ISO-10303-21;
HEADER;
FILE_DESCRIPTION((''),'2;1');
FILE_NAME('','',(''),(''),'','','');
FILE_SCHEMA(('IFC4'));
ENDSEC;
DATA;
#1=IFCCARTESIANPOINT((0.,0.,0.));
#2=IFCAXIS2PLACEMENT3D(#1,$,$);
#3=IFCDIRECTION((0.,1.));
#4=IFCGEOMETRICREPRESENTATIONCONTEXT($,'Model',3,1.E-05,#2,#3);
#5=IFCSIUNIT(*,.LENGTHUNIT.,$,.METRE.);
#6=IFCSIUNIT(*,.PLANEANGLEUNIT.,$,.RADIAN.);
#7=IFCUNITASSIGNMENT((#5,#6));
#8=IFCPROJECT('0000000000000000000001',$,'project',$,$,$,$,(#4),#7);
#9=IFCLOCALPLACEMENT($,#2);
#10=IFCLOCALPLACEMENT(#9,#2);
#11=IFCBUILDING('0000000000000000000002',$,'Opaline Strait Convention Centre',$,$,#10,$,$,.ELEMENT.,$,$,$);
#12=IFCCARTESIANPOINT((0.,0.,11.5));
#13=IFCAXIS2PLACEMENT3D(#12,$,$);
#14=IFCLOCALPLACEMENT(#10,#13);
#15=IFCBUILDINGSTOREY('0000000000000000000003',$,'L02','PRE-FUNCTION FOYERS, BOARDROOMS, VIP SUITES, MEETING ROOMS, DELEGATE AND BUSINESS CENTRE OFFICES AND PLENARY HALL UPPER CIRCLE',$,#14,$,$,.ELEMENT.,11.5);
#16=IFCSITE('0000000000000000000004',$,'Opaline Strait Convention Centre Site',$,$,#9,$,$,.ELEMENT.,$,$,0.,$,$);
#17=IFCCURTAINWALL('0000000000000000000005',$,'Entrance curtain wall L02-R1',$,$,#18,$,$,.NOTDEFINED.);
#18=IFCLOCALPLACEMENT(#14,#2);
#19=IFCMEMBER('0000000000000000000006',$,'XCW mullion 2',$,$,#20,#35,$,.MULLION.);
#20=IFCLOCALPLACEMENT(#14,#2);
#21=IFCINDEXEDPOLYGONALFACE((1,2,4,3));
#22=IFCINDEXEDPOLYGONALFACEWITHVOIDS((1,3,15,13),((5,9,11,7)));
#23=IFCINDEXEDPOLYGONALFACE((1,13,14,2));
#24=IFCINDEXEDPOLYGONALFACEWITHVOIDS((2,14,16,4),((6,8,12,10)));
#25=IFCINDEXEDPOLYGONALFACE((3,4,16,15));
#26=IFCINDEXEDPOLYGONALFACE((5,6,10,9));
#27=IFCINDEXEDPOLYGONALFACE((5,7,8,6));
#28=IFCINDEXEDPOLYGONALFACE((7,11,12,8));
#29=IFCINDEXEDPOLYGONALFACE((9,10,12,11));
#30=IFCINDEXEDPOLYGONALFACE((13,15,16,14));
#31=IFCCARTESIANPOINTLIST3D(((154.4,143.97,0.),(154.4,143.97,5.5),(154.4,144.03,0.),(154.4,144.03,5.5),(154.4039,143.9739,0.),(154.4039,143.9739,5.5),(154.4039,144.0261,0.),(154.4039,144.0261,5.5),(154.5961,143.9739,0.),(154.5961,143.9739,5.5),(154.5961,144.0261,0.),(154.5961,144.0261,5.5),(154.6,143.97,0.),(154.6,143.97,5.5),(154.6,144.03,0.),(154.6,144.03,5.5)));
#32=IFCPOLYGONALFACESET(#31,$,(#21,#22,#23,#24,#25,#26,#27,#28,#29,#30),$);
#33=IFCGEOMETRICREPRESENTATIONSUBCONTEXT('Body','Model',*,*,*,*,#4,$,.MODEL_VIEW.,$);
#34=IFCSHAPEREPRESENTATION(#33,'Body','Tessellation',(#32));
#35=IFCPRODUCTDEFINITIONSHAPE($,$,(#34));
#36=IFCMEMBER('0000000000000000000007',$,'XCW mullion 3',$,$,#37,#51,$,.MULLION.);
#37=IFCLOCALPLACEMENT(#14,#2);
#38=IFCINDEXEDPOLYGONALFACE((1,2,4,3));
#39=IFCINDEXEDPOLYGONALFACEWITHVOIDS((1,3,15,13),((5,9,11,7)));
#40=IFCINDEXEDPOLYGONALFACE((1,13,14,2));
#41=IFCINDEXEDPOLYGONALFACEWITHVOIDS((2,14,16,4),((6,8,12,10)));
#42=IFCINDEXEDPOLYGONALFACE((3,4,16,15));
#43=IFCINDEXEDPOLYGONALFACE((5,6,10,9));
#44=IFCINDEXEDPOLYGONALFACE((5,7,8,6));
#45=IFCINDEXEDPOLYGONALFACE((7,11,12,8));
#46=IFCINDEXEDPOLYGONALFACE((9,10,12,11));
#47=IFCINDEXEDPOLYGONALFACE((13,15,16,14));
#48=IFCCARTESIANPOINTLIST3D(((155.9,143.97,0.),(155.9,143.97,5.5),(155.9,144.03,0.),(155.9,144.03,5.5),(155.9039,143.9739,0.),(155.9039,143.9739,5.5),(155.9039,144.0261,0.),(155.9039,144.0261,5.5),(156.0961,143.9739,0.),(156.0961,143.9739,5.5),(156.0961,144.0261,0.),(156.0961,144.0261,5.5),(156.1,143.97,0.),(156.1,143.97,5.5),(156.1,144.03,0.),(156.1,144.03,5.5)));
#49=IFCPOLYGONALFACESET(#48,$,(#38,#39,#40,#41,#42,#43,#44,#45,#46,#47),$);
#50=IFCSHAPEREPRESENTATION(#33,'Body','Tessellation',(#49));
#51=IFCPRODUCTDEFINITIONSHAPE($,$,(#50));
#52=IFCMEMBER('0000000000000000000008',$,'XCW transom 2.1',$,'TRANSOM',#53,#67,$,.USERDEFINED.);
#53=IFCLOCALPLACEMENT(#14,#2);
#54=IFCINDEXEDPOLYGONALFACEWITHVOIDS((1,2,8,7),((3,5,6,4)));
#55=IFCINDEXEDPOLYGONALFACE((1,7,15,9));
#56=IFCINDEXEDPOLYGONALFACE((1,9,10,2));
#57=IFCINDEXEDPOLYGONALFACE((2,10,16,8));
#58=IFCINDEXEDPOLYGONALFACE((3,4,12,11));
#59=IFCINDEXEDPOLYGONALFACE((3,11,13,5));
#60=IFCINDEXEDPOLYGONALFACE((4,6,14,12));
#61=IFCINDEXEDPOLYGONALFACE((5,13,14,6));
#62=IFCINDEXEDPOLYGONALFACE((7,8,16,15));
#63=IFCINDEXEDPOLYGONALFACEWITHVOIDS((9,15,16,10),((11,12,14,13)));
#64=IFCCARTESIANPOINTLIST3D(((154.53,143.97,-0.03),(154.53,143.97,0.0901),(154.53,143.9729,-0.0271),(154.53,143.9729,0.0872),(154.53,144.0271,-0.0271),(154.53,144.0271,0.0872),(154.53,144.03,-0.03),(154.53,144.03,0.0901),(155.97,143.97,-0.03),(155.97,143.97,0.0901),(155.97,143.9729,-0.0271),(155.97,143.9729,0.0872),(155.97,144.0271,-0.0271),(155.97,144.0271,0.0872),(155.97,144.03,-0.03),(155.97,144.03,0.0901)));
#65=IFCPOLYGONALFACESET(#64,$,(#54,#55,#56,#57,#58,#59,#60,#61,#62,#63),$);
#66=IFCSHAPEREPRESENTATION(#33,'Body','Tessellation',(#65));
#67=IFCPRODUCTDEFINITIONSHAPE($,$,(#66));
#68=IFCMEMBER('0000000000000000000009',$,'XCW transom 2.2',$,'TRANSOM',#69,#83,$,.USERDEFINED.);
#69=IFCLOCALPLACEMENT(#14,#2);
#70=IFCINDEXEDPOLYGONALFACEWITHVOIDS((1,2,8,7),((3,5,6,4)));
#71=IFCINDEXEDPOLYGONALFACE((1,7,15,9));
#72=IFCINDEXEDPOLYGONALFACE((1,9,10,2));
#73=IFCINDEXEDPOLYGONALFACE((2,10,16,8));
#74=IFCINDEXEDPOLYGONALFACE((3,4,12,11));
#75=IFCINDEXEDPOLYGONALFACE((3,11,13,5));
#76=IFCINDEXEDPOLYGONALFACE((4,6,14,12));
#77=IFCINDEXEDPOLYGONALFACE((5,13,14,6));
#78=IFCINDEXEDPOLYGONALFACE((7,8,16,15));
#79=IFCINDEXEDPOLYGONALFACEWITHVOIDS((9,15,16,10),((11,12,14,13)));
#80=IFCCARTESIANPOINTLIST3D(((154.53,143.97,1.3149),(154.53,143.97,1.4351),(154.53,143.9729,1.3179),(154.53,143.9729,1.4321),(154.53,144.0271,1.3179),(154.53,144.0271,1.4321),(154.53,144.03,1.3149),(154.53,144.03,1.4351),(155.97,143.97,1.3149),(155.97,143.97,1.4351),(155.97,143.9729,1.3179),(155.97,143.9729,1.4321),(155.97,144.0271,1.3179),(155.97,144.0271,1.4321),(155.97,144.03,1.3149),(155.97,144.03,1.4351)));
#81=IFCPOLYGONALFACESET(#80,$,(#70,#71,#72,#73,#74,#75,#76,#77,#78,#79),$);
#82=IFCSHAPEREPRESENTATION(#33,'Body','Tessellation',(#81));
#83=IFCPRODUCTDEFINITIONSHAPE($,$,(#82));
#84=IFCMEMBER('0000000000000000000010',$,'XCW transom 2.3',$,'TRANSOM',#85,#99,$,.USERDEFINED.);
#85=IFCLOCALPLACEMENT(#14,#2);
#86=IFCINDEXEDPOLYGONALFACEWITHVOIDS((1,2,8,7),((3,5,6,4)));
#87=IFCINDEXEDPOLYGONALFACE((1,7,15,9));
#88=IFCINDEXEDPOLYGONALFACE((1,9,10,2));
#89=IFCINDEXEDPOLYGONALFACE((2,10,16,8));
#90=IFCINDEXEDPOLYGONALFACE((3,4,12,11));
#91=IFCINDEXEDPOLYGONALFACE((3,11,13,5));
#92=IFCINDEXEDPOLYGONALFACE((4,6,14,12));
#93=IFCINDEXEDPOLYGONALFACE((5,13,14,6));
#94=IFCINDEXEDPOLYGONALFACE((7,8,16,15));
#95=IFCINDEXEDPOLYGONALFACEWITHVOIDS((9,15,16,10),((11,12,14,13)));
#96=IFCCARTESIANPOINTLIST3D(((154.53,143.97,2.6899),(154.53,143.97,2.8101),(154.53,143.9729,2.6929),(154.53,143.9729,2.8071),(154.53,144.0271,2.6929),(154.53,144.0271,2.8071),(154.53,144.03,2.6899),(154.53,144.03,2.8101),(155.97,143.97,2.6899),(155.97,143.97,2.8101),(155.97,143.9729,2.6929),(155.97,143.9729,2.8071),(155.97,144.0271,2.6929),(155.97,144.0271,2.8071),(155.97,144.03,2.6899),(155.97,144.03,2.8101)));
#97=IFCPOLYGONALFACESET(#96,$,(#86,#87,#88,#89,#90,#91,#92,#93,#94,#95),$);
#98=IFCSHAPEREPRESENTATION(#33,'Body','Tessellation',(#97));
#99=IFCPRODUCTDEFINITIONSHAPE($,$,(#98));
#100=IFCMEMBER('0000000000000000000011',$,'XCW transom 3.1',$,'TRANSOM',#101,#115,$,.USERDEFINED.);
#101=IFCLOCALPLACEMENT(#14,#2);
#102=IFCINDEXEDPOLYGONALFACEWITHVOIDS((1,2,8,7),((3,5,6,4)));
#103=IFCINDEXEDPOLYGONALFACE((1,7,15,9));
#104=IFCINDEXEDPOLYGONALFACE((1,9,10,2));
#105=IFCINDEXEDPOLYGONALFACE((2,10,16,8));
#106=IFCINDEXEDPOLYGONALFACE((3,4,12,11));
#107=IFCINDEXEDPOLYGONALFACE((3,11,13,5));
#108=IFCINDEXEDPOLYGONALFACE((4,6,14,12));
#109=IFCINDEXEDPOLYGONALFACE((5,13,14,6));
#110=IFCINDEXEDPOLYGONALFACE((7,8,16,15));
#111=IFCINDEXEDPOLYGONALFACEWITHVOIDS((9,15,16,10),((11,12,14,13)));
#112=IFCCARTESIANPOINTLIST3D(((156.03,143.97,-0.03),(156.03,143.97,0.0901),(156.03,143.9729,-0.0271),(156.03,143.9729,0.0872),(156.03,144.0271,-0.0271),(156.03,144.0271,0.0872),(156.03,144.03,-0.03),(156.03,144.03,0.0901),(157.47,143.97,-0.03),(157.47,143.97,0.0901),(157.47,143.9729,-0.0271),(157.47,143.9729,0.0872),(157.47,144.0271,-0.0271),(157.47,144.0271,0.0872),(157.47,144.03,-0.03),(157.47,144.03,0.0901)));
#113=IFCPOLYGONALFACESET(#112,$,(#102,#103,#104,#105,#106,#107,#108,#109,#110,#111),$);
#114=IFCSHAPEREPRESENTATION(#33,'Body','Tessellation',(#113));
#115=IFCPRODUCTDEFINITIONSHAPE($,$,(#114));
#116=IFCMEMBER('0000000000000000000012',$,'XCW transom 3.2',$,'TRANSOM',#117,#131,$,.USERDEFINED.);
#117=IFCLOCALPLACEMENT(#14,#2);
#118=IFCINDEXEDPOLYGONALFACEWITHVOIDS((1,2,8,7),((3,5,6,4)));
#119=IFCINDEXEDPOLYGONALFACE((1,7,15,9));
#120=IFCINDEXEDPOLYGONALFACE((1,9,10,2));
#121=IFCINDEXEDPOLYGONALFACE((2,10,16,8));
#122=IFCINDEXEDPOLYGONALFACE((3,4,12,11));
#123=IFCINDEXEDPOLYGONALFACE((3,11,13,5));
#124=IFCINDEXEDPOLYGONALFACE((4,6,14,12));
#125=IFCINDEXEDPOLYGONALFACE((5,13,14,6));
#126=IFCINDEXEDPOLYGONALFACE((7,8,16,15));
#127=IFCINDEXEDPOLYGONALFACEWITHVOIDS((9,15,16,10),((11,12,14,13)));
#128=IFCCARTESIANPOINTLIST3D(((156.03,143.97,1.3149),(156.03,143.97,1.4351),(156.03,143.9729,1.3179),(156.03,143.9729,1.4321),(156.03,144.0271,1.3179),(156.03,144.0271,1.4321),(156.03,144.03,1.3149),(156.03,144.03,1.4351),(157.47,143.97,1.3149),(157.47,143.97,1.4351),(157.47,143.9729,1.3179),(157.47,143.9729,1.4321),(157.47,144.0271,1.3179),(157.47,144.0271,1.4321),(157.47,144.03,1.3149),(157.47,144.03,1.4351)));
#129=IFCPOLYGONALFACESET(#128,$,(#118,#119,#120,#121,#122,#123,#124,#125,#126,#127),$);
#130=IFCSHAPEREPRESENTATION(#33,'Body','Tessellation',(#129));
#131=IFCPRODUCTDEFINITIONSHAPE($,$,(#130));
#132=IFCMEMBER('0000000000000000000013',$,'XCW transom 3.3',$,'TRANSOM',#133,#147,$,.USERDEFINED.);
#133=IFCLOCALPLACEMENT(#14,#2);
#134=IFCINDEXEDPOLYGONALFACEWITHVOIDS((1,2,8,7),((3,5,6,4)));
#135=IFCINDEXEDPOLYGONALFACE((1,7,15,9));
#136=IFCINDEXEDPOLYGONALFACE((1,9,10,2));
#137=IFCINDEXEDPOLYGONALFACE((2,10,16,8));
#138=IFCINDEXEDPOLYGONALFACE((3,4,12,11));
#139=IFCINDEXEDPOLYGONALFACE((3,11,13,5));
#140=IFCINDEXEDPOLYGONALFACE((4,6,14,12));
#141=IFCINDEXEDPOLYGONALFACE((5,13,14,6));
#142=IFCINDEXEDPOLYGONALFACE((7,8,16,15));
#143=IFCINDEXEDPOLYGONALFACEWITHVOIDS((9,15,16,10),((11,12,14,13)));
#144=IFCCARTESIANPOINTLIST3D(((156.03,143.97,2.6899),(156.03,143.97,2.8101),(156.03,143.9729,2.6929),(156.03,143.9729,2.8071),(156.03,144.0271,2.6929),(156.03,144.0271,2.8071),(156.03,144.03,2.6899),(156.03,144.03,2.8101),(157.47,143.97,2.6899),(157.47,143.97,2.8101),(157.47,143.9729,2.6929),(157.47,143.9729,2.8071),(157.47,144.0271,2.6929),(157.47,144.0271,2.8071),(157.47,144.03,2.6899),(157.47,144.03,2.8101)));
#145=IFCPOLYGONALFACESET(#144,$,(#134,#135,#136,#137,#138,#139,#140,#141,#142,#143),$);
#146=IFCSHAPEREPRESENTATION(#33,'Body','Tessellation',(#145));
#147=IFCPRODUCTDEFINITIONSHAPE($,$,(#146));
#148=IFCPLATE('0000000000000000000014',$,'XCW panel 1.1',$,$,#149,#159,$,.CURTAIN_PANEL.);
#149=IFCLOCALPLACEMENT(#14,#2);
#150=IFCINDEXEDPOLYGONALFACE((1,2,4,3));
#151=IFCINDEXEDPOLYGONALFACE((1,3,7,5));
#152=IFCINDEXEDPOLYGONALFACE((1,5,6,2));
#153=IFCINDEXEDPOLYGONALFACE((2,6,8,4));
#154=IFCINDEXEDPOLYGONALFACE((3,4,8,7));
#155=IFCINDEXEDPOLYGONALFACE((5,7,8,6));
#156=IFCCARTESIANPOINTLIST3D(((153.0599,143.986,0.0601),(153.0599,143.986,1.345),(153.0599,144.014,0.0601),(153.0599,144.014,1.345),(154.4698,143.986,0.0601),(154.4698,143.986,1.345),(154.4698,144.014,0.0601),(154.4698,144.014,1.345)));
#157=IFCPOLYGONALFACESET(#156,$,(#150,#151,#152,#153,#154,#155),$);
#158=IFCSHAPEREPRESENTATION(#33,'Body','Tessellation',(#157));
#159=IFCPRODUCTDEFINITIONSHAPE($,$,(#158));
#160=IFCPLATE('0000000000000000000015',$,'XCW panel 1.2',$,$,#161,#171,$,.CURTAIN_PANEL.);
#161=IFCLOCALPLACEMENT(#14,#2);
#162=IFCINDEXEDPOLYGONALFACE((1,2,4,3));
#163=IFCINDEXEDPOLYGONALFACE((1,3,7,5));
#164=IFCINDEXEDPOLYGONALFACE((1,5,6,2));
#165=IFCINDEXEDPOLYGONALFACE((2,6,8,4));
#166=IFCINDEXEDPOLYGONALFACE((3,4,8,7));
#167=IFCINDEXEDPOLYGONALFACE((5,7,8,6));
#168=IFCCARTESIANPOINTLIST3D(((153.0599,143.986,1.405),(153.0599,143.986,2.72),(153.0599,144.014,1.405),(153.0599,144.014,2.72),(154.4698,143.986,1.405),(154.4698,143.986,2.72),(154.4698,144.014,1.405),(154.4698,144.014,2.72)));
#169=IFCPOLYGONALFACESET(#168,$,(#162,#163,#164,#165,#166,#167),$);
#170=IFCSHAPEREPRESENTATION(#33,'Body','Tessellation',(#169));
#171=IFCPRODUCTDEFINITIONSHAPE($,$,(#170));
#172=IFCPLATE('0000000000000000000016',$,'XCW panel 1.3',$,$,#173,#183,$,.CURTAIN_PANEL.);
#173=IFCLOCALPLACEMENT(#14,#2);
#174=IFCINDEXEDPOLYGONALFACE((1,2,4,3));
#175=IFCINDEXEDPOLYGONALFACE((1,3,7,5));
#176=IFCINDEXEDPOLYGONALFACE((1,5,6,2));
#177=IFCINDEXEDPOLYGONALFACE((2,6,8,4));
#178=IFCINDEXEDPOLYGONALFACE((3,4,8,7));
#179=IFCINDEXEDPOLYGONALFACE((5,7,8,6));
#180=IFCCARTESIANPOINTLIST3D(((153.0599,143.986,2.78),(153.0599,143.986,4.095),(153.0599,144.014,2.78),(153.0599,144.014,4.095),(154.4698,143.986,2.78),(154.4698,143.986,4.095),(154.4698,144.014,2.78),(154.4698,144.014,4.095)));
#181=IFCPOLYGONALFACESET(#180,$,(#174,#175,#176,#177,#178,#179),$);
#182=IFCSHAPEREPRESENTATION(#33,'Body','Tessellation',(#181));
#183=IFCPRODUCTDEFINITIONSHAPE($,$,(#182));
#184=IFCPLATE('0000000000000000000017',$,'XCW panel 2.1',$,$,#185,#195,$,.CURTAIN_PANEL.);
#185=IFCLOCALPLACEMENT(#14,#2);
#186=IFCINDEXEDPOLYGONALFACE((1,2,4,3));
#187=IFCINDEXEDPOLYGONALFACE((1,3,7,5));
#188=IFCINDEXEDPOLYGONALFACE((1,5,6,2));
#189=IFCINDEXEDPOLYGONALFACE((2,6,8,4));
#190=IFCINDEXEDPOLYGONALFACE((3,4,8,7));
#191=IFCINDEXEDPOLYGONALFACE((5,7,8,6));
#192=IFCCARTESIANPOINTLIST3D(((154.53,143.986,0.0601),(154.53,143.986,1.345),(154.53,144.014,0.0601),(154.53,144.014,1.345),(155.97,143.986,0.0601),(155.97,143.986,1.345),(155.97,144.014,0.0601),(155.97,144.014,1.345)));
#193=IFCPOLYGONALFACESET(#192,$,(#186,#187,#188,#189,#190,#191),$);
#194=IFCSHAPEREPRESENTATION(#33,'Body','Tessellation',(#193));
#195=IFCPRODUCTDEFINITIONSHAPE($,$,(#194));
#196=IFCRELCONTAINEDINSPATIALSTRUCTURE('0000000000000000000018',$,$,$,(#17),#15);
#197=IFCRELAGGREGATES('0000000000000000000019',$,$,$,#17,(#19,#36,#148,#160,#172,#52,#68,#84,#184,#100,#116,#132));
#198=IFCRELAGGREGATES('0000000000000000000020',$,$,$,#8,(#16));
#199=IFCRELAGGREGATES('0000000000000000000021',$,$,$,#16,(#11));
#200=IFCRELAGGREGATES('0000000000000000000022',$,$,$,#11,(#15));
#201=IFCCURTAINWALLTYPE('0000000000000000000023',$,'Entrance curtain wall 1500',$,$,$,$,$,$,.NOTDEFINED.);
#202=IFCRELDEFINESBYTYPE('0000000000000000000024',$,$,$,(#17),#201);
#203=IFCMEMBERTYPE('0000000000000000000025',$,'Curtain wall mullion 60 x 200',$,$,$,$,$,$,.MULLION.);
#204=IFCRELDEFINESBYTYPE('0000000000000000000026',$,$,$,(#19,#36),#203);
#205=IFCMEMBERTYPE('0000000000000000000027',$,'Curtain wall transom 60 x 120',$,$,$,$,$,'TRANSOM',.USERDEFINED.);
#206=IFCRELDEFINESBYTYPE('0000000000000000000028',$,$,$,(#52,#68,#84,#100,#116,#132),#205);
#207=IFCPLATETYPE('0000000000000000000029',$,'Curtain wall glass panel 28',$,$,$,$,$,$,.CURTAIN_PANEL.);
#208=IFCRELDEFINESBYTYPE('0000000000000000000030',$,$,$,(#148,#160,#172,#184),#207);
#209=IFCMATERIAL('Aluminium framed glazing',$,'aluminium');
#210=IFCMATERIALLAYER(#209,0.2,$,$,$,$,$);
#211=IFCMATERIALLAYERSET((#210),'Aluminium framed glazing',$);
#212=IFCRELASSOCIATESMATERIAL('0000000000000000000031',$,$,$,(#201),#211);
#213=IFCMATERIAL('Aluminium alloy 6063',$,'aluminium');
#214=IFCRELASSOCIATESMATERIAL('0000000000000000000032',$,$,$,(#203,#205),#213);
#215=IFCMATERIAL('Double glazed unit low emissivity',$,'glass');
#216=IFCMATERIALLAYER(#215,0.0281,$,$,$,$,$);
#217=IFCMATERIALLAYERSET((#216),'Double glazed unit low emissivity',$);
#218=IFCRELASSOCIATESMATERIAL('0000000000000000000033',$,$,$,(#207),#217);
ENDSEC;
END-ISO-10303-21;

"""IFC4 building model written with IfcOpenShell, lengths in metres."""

from ifc_helpers import new_model, si_unit, direction, frame, origin, origin_2d, place, context, subcontext, project, spatial, rectangle, hollow_rectangle, extrude, material, layer, layer_set, material_profile, profile_set, type_object, element, aggregate, save


model = new_model("IFC4")

# Units and contexts
model_context = context("Model", 3, precision=1e-05, world=origin(), true_north=direction((0.0, 1.0)))
body_context = subcontext(model_context, "Body", "Model", "MODEL_VIEW")
ifc_project = project(units=[si_unit("LENGTHUNIT", "METRE"), si_unit("PLANEANGLEUNIT", "RADIAN")], contexts=[model_context])

# Site, building, storey
site_placement = place(None, origin())
site = spatial("IfcSite", under=ifc_project, at=site_placement, Name="Opaline Strait Convention Centre Site", CompositionType="ELEMENT", RefElevation=0.0)
building_placement = place(site_placement, origin())
building = spatial("IfcBuilding", under=site, at=building_placement, Name="Opaline Strait Convention Centre", CompositionType="ELEMENT")
storey_placement = place(building_placement, frame((0.0, 0.0, 11.5)))
storey = spatial("IfcBuildingStorey", under=building, at=storey_placement, Name="L02", Description="PRE-FUNCTION FOYERS, BOARDROOMS, VIP SUITES, MEETING ROOMS, DELEGATE AND BUSINESS CENTRE OFFICES AND PLENARY HALL UPPER CIRCLE", CompositionType="ELEMENT", Elevation=11.5)

# Curtain wall, members, plates
ifc_material_1 = material(Name="Aluminium framed glazing", Category="aluminium")
ifc_layer_1 = layer(ifc_material_1, 0.2)
ifc_layer_set_1 = layer_set([ifc_layer_1], Name="Aluminium framed glazing")
curtain_wall_type = type_object("IfcCurtainWallType", Name="Entrance curtain wall 1500", PredefinedType="NOTDEFINED", material=ifc_layer_set_1)
curtain_wall_placement = place(storey_placement, origin())
curtain_wall = element("IfcCurtainWall", 1, at=curtain_wall_placement, inside=storey, type_object=curtain_wall_type, Name="Entrance curtain wall L02-R1", PredefinedType="NOTDEFINED")
ifc_material_2 = material(Name="Aluminium alloy 6063", Category="aluminium")
ifc_material_profile_1 = material_profile(ifc_material_2, hollow_rectangle(XDim=0.0601, YDim=0.2, WallThickness=0.0039, at=origin_2d()), Name="MULLION 60x200x4")
ifc_profile_set_1 = profile_set([ifc_material_profile_1], Name="Aluminium alloy 6063")
member_type_1 = type_object("IfcMemberType", Name="Curtain wall mullion 60 x 200", PredefinedType="MULLION", material=ifc_profile_set_1)
member_1_placement = place(storey_placement, frame((154.5, 144.0, 0.0), z_axis=(0.0, 0.0, 1.0), x_axis=(0.0, 1.0, 0.0)))
member_1 = element("IfcMember", 2, at=member_1_placement, type_object=member_type_1, Name="XCW mullion 2", PredefinedType="MULLION", context=body_context, shape_type="SweptSolid", body=[
    extrude(hollow_rectangle(XDim=0.0601, YDim=0.2, WallThickness=0.0039, at=origin_2d()), origin(), (0.0, 0.0, 1.0), 5.5),
])
member_2_placement = place(storey_placement, frame((156.0, 144.0, 0.0), z_axis=(0.0, 0.0, 1.0), x_axis=(0.0, 1.0, 0.0)))
member_2 = element("IfcMember", 3, at=member_2_placement, type_object=member_type_1, Name="XCW mullion 3", PredefinedType="MULLION", context=body_context, shape_type="SweptSolid", body=[
    extrude(hollow_rectangle(XDim=0.0601, YDim=0.2, WallThickness=0.0039, at=origin_2d()), origin(), (0.0, 0.0, 1.0), 5.5),
])
ifc_material_profile_2 = material_profile(ifc_material_2, hollow_rectangle(XDim=0.0601, YDim=0.1201, WallThickness=0.0029, at=origin_2d()), Name="TRANSOM 60x120x3")
ifc_profile_set_2 = profile_set([ifc_material_profile_2], Name="Aluminium alloy 6063")
member_type_2 = type_object("IfcMemberType", Name="Curtain wall transom 60 x 120", ElementType="TRANSOM", PredefinedType="USERDEFINED", material=ifc_profile_set_2)
member_3_placement = place(storey_placement, frame((154.53, 144.0, 0.03), z_axis=(1.0, 0.0, 0.0), x_axis=(0.0, 1.0, 0.0)))
member_3 = element("IfcMember", 4, at=member_3_placement, type_object=member_type_2, Name="XCW transom 2.1", ObjectType="TRANSOM", PredefinedType="USERDEFINED", context=body_context, shape_type="SweptSolid", body=[
    extrude(hollow_rectangle(XDim=0.0601, YDim=0.1201, WallThickness=0.0029, at=origin_2d()), origin(), (0.0, 0.0, 1.0), 1.4399),
])
member_4_placement = place(storey_placement, frame((154.53, 144.0, 1.375), z_axis=(1.0, 0.0, 0.0), x_axis=(0.0, 1.0, 0.0)))
member_4 = element("IfcMember", 5, at=member_4_placement, type_object=member_type_2, Name="XCW transom 2.2", ObjectType="TRANSOM", PredefinedType="USERDEFINED", context=body_context, shape_type="SweptSolid", body=[
    extrude(hollow_rectangle(XDim=0.0601, YDim=0.1201, WallThickness=0.0029, at=origin_2d()), origin(), (0.0, 0.0, 1.0), 1.4399),
])
member_5_placement = place(storey_placement, frame((154.53, 144.0, 2.75), z_axis=(1.0, 0.0, 0.0), x_axis=(0.0, 1.0, 0.0)))
member_5 = element("IfcMember", 6, at=member_5_placement, type_object=member_type_2, Name="XCW transom 2.3", ObjectType="TRANSOM", PredefinedType="USERDEFINED", context=body_context, shape_type="SweptSolid", body=[
    extrude(hollow_rectangle(XDim=0.0601, YDim=0.1201, WallThickness=0.0029, at=origin_2d()), origin(), (0.0, 0.0, 1.0), 1.4399),
])
member_6_placement = place(storey_placement, frame((156.03, 144.0, 0.03), z_axis=(1.0, 0.0, 0.0), x_axis=(0.0, 1.0, 0.0)))
member_6 = element("IfcMember", 7, at=member_6_placement, type_object=member_type_2, Name="XCW transom 3.1", ObjectType="TRANSOM", PredefinedType="USERDEFINED", context=body_context, shape_type="SweptSolid", body=[
    extrude(hollow_rectangle(XDim=0.0601, YDim=0.1201, WallThickness=0.0029, at=origin_2d()), origin(), (0.0, 0.0, 1.0), 1.4399),
])
member_7_placement = place(storey_placement, frame((156.03, 144.0, 1.375), z_axis=(1.0, 0.0, 0.0), x_axis=(0.0, 1.0, 0.0)))
member_7 = element("IfcMember", 8, at=member_7_placement, type_object=member_type_2, Name="XCW transom 3.2", ObjectType="TRANSOM", PredefinedType="USERDEFINED", context=body_context, shape_type="SweptSolid", body=[
    extrude(hollow_rectangle(XDim=0.0601, YDim=0.1201, WallThickness=0.0029, at=origin_2d()), origin(), (0.0, 0.0, 1.0), 1.4399),
])
member_8_placement = place(storey_placement, frame((156.03, 144.0, 2.75), z_axis=(1.0, 0.0, 0.0), x_axis=(0.0, 1.0, 0.0)))
member_8 = element("IfcMember", 9, at=member_8_placement, type_object=member_type_2, Name="XCW transom 3.3", ObjectType="TRANSOM", PredefinedType="USERDEFINED", context=body_context, shape_type="SweptSolid", body=[
    extrude(hollow_rectangle(XDim=0.0601, YDim=0.1201, WallThickness=0.0029, at=origin_2d()), origin(), (0.0, 0.0, 1.0), 1.4399),
])
ifc_material_3 = material(Name="Double glazed unit low emissivity", Category="glass")
ifc_layer_2 = layer(ifc_material_3, 0.0281)
ifc_layer_set_2 = layer_set([ifc_layer_2], Name="Double glazed unit low emissivity")
plate_type = type_object("IfcPlateType", Name="Curtain wall glass panel 28", PredefinedType="CURTAIN_PANEL", material=ifc_layer_set_2)
plate_1_placement = place(storey_placement, frame((153.7649, 144.0, 0.0601), z_axis=(0.0, 0.0, 1.0), x_axis=(1.0, 0.0, 0.0)))
plate_1 = element("IfcPlate", 10, at=plate_1_placement, type_object=plate_type, Name="XCW panel 1.1", PredefinedType="CURTAIN_PANEL", context=body_context, shape_type="SweptSolid", body=[
    extrude(rectangle(XDim=1.4099, YDim=0.0281, at=origin_2d()), origin(), (0.0, 0.0, 1.0), 1.2849),
])
plate_2_placement = place(storey_placement, frame((153.7649, 144.0, 1.405), z_axis=(0.0, 0.0, 1.0), x_axis=(1.0, 0.0, 0.0)))
plate_2 = element("IfcPlate", 11, at=plate_2_placement, type_object=plate_type, Name="XCW panel 1.2", PredefinedType="CURTAIN_PANEL", context=body_context, shape_type="SweptSolid", body=[
    extrude(rectangle(XDim=1.4099, YDim=0.0281, at=origin_2d()), origin(), (0.0, 0.0, 1.0), 1.3149),
])
plate_3_placement = place(storey_placement, frame((153.7649, 144.0, 2.78), z_axis=(0.0, 0.0, 1.0), x_axis=(1.0, 0.0, 0.0)))
plate_3 = element("IfcPlate", 12, at=plate_3_placement, type_object=plate_type, Name="XCW panel 1.3", PredefinedType="CURTAIN_PANEL", context=body_context, shape_type="SweptSolid", body=[
    extrude(rectangle(XDim=1.4099, YDim=0.0281, at=origin_2d()), origin(), (0.0, 0.0, 1.0), 1.3149),
])
plate_4_placement = place(storey_placement, frame((155.25, 144.0, 0.0601), z_axis=(0.0, 0.0, 1.0), x_axis=(1.0, 0.0, 0.0)))
plate_4 = element("IfcPlate", 13, at=plate_4_placement, type_object=plate_type, Name="XCW panel 2.1", PredefinedType="CURTAIN_PANEL", context=body_context, shape_type="SweptSolid", body=[
    extrude(rectangle(XDim=1.4399, YDim=0.0281, at=origin_2d()), origin(), (0.0, 0.0, 1.0), 1.2849),
])
aggregate(curtain_wall, [member_1, member_2, plate_1, plate_2, plate_3, member_3, member_4, member_5, plate_4, member_6, member_7, member_8])

save(model, "model.ifc")
